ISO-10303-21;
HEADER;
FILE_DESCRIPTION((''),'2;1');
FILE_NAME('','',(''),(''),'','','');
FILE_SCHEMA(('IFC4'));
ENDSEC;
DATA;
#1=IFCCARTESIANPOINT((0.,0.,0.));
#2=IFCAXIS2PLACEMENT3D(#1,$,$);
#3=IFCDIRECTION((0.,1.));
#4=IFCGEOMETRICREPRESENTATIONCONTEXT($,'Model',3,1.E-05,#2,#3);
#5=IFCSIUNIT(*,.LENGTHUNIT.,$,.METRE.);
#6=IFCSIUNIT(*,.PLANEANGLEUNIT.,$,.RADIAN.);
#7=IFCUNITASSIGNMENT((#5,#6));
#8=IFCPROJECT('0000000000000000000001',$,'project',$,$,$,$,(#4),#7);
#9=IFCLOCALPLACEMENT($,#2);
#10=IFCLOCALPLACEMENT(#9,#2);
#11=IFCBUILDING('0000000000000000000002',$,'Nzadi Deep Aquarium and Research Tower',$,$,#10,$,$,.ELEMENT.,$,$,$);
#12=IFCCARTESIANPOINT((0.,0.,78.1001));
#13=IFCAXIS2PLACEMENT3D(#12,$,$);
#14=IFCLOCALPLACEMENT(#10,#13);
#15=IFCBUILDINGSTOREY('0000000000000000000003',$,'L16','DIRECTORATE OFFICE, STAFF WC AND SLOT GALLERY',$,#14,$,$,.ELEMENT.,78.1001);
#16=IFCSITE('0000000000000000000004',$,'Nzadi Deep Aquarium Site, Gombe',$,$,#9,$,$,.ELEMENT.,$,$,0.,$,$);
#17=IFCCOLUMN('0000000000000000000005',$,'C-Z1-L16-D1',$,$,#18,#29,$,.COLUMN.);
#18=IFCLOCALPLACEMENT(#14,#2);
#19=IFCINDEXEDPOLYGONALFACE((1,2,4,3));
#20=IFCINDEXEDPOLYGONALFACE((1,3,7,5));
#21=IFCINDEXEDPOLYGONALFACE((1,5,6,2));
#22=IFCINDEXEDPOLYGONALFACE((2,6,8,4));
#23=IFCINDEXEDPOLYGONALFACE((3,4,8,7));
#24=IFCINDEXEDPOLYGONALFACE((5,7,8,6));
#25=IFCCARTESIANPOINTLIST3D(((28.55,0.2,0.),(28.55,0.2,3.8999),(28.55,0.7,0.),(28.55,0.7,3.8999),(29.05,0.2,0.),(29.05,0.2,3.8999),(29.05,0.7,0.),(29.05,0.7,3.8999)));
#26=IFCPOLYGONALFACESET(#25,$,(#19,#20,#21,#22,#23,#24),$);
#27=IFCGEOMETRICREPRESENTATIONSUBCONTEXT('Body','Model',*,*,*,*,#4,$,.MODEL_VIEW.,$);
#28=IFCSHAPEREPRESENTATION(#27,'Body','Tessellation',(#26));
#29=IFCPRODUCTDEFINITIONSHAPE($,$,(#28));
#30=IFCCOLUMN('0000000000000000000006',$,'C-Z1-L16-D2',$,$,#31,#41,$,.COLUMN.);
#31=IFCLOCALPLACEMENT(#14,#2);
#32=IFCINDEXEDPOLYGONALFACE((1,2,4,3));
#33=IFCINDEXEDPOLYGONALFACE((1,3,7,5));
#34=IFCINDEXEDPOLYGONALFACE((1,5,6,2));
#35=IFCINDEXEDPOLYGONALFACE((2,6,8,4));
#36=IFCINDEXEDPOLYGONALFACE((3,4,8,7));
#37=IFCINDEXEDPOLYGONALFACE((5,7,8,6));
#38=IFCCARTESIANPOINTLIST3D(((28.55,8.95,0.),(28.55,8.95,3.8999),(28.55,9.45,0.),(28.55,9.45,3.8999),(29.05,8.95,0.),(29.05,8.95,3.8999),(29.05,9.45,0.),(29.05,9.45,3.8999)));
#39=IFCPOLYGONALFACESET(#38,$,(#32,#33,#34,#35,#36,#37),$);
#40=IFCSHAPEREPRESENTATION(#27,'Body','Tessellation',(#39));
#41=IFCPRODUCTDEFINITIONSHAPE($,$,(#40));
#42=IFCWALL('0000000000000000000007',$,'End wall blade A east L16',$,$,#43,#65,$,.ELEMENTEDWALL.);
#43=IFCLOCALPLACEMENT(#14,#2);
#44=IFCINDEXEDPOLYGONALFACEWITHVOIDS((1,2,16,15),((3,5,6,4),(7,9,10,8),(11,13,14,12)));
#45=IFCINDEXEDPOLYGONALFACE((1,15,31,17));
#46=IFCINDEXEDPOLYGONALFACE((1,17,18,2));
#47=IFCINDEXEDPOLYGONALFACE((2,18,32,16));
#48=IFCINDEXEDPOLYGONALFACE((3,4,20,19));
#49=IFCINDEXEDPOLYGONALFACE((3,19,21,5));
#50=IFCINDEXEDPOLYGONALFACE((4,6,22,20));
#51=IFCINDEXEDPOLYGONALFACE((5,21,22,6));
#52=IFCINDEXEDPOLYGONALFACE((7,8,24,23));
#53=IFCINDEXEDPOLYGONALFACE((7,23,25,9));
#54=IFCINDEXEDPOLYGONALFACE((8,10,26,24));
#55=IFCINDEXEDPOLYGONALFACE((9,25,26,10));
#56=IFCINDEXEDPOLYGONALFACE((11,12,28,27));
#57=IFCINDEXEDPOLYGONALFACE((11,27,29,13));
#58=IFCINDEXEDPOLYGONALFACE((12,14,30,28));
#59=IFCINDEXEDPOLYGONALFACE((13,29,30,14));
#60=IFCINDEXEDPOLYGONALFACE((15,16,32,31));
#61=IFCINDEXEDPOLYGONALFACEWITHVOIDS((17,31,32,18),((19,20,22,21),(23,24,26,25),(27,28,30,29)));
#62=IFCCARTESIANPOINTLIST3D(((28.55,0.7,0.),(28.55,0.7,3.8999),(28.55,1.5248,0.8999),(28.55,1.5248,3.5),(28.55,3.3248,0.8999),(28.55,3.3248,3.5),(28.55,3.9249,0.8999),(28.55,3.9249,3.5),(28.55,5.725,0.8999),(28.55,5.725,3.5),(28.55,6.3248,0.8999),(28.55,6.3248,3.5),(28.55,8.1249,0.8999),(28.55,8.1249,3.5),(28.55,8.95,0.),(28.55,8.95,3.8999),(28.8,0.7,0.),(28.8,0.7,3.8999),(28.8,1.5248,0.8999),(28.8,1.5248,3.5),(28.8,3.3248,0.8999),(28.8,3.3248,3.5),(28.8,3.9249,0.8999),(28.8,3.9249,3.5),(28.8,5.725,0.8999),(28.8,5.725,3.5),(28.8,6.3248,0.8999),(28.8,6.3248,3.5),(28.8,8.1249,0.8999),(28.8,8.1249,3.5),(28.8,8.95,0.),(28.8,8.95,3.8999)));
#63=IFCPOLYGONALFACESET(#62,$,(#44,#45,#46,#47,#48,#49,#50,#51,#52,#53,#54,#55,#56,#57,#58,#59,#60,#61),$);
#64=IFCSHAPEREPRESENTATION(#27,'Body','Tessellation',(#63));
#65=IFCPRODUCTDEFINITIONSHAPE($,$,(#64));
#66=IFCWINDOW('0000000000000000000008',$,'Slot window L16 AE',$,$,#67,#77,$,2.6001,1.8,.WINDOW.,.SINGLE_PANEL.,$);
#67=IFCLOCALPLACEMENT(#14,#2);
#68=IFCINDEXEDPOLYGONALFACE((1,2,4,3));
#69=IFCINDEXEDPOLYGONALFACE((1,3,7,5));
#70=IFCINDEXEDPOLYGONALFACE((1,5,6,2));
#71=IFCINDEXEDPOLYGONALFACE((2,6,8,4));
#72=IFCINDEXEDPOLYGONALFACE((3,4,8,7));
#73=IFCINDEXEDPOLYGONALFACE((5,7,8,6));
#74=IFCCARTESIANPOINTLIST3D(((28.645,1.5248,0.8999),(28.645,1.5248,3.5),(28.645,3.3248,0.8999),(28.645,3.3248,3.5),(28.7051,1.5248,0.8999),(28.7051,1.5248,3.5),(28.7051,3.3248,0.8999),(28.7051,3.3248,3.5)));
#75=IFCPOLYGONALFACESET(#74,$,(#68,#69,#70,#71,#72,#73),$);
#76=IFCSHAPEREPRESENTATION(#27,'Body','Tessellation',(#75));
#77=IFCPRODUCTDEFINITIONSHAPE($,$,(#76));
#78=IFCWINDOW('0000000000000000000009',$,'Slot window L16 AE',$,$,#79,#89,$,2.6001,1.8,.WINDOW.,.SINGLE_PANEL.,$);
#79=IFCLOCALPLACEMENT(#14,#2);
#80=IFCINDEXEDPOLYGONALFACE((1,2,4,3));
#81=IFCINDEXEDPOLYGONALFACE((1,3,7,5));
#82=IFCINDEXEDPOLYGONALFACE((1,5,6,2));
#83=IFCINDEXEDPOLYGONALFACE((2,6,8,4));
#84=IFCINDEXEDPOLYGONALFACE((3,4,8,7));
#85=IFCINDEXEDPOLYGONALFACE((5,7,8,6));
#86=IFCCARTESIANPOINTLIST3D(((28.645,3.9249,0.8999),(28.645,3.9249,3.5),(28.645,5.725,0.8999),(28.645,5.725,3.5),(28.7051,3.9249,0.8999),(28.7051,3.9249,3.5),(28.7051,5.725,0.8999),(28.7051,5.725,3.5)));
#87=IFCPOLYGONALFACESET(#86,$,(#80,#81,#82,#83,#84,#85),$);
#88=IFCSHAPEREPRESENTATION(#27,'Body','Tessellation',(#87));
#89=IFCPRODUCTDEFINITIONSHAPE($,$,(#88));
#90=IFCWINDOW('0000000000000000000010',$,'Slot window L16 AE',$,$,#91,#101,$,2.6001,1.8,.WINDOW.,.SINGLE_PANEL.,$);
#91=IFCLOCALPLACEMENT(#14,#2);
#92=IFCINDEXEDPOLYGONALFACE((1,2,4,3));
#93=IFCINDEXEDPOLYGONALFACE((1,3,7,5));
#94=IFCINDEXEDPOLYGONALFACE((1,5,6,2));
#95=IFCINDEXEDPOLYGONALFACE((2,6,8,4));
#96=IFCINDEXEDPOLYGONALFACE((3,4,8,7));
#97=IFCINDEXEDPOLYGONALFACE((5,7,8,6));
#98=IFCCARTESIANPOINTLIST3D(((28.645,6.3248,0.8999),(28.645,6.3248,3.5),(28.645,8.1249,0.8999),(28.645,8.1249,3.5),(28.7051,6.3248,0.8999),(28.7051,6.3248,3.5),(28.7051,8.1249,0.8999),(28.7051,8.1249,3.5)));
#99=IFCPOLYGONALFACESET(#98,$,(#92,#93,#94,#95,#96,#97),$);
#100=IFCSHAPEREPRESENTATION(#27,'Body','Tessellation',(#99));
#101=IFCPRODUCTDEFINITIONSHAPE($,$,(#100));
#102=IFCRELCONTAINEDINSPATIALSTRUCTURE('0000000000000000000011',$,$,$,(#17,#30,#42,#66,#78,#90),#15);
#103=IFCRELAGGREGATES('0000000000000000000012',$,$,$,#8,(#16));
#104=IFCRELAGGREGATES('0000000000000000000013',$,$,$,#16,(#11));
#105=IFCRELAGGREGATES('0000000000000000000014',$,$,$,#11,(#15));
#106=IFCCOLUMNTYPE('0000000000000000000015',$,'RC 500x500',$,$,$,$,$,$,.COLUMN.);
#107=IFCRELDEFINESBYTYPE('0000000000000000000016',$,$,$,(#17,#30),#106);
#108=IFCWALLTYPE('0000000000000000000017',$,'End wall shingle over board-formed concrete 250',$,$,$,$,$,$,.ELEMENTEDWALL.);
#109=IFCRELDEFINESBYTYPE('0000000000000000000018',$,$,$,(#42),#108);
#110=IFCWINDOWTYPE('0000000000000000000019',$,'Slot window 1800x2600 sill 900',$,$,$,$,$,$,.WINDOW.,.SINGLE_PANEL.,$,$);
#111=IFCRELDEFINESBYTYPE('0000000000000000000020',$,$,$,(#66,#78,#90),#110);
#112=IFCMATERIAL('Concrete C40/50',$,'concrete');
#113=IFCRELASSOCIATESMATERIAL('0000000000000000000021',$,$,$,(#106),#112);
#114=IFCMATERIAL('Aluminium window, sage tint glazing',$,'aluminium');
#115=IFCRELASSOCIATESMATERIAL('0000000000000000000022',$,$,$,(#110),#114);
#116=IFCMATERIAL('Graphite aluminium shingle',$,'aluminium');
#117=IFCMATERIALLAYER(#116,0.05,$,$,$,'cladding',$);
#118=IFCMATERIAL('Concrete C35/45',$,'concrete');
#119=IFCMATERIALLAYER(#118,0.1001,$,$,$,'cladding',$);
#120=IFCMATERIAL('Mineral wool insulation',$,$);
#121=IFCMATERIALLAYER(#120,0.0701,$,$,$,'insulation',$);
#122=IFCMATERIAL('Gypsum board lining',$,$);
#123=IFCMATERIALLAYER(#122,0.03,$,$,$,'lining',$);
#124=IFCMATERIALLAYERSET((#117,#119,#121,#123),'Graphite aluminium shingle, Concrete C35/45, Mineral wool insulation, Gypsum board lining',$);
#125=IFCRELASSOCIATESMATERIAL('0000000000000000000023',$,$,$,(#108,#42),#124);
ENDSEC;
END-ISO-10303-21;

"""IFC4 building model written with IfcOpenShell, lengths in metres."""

from ifc_helpers import new_model, si_unit, direction, frame, frame_2d, origin, origin_2d, place, context, subcontext, project, spatial, rectangle, extrude, material, layer, layer_set, layer_usage, material_profile, profile_set, type_object, element, fill, save


model = new_model("IFC4")

# Units and contexts
model_context = context("Model", 3, precision=1e-05, world=origin(), true_north=direction((0.0, 1.0)))
body_context = subcontext(model_context, "Body", "Model", "MODEL_VIEW")
ifc_project = project(units=[si_unit("LENGTHUNIT", "METRE"), si_unit("PLANEANGLEUNIT", "RADIAN")], contexts=[model_context])

# Site, building, storey
site_placement = place(None, origin())
site = spatial("IfcSite", under=ifc_project, at=site_placement, Name="Nzadi Deep Aquarium Site, Gombe", CompositionType="ELEMENT", RefElevation=0.0)
building_placement = place(site_placement, origin())
building = spatial("IfcBuilding", under=site, at=building_placement, Name="Nzadi Deep Aquarium and Research Tower", CompositionType="ELEMENT")
storey_placement = place(building_placement, frame((0.0, 0.0, 78.1001)))
storey = spatial("IfcBuildingStorey", under=building, at=storey_placement, Name="L16", Description="DIRECTORATE OFFICE, STAFF WC AND SLOT GALLERY", CompositionType="ELEMENT", Elevation=78.1001)

# Columns
ifc_material_1 = material(Name="Concrete C40/50", Category="concrete")
ifc_material_profile = material_profile(ifc_material_1, rectangle(XDim=0.5, YDim=0.5, at=origin_2d()))
ifc_profile_set = profile_set([ifc_material_profile], Name="Concrete C40/50")
column_type = type_object("IfcColumnType", Name="RC 500x500", PredefinedType="COLUMN", material=ifc_profile_set)
for number, where, z_axis, x_axis, name in (
    (1, (28.8, 0.45, 0.0), (0.0, 0.0, 1.0), (1.0, 0.0, 0.0), "C-Z1-L16-D1"),
    (2, (28.8, 9.2, 0.0), (0.0, 0.0, 1.0), (1.0, 0.0, 0.0), "C-Z1-L16-D2"),
):
    element("IfcColumn", number, at=place(storey_placement, frame(where, z_axis=z_axis, x_axis=x_axis)), inside=storey, type_object=column_type, Name=name, PredefinedType="COLUMN", context=body_context, shape_type="SweptSolid", body=[
        extrude(rectangle(XDim=0.5, YDim=0.5, at=origin_2d()), origin(), (0.0, 0.0, 1.0), 3.8999),
    ])

# Shared definitions
ifc_material_2 = material(Name="Concrete C35/45", Category="concrete")
ifc_material_3 = material(Name="Mineral wool insulation")
ifc_material_4 = material(Name="Gypsum board lining")
ifc_material_5 = material(Name="Aluminium window, sage tint glazing", Category="aluminium")
window_type = type_object("IfcWindowType", Name="Slot window 1800x2600 sill 900", PartitioningType="SINGLE_PANEL", PredefinedType="WINDOW", material=ifc_material_5)

# Wall, openings, windows
ifc_material_6 = material(Name="Graphite aluminium shingle", Category="aluminium")
ifc_layer_1 = layer(ifc_material_6, 0.05, Category="cladding")
ifc_layer_2 = layer(ifc_material_2, 0.1001, Category="cladding")
ifc_layer_3 = layer(ifc_material_3, 0.0701, Category="insulation")
ifc_layer_4 = layer(ifc_material_4, 0.03, Category="lining")
ifc_layer_set_1 = layer_set([ifc_layer_1, ifc_layer_2, ifc_layer_3, ifc_layer_4], Name="Graphite aluminium shingle, Concrete C35/45, Mineral wool insulation, Gypsum board lining")
ifc_layer_usage_1 = layer_usage(ifc_layer_set_1, "AXIS2", "POSITIVE", -0.125)
wall_type_1 = type_object("IfcWallType", Name="End wall shingle over board-formed concrete 250", PredefinedType="ELEMENTEDWALL", material=ifc_layer_set_1)
wall_1_placement = place(storey_placement, frame((28.675, 0.7, 0.0), z_axis=(0.0, 0.0, 1.0), x_axis=(0.0, 1.0, 0.0)))
wall_1 = element("IfcWall", 3, at=wall_1_placement, inside=storey, type_object=wall_type_1, material=ifc_layer_usage_1, Name="End wall blade A east L16", PredefinedType="ELEMENTEDWALL", context=body_context, shape_type="SweptSolid", body=[
    extrude(rectangle(XDim=8.25, YDim=0.25, at=frame_2d((4.125, 0.0))), origin(), (0.0, 0.0, 1.0), 3.8999),
])
opening_1_placement = place(wall_1_placement, frame((0.825, 0.0, 0.8999)))
opening_1 = element("IfcOpeningElement", 4, at=opening_1_placement, cuts=wall_1, PredefinedType="OPENING", context=body_context, shape_type="SweptSolid", body=[
    extrude(rectangle(XDim=1.8, YDim=2.6001, at=frame_2d((0.8999, 1.3))), frame((0.0, 0.135, 0.0), z_axis=(0.0, -1.0, 0.0), x_axis=(1.0, 0.0, 0.0)), (0.0, 0.0, 1.0), 0.27),
])
opening_2_placement = place(wall_1_placement, frame((3.2251, 0.0, 0.8999)))
opening_2 = element("IfcOpeningElement", 5, at=opening_2_placement, cuts=wall_1, PredefinedType="OPENING", context=body_context, shape_type="SweptSolid", body=[
    extrude(rectangle(XDim=1.8, YDim=2.6001, at=frame_2d((0.8999, 1.3))), frame((0.0, 0.135, 0.0), z_axis=(0.0, -1.0, 0.0), x_axis=(1.0, 0.0, 0.0)), (0.0, 0.0, 1.0), 0.27),
])
opening_3_placement = place(wall_1_placement, frame((5.625, 0.0, 0.8999)))
opening_3 = element("IfcOpeningElement", 6, at=opening_3_placement, cuts=wall_1, PredefinedType="OPENING", context=body_context, shape_type="SweptSolid", body=[
    extrude(rectangle(XDim=1.8, YDim=2.6001, at=frame_2d((0.8999, 1.3))), frame((0.0, 0.135, 0.0), z_axis=(0.0, -1.0, 0.0), x_axis=(1.0, 0.0, 0.0)), (0.0, 0.0, 1.0), 0.27),
])
window_1_placement = place(opening_1_placement, origin())
window_1 = element("IfcWindow", 7, at=window_1_placement, inside=storey, type_object=window_type, Name="Slot window L16 AE", OverallHeight=2.6001, OverallWidth=1.8, PartitioningType="SINGLE_PANEL", PredefinedType="WINDOW", context=body_context, shape_type="SweptSolid", body=[
    extrude(rectangle(XDim=1.8, YDim=2.6001, at=frame_2d((0.8999, 1.3))), frame((0.0, 0.03, 0.0), z_axis=(0.0, -1.0, 0.0), x_axis=(1.0, 0.0, 0.0)), (0.0, 0.0, 1.0), 0.0601),
])
fill(opening_1, window_1)
window_2_placement = place(opening_2_placement, origin())
window_2 = element("IfcWindow", 8, at=window_2_placement, inside=storey, type_object=window_type, Name="Slot window L16 AE", OverallHeight=2.6001, OverallWidth=1.8, PartitioningType="SINGLE_PANEL", PredefinedType="WINDOW", context=body_context, shape_type="SweptSolid", body=[
    extrude(rectangle(XDim=1.8, YDim=2.6001, at=frame_2d((0.8999, 1.3))), frame((0.0, 0.03, 0.0), z_axis=(0.0, -1.0, 0.0), x_axis=(1.0, 0.0, 0.0)), (0.0, 0.0, 1.0), 0.0601),
])
fill(opening_2, window_2)
window_3_placement = place(opening_3_placement, origin())
window_3 = element("IfcWindow", 9, at=window_3_placement, inside=storey, type_object=window_type, Name="Slot window L16 AE", OverallHeight=2.6001, OverallWidth=1.8, PartitioningType="SINGLE_PANEL", PredefinedType="WINDOW", context=body_context, shape_type="SweptSolid", body=[
    extrude(rectangle(XDim=1.8, YDim=2.6001, at=frame_2d((0.8999, 1.3))), frame((0.0, 0.03, 0.0), z_axis=(0.0, -1.0, 0.0), x_axis=(1.0, 0.0, 0.0)), (0.0, 0.0, 1.0), 0.0601),
])
fill(opening_3, window_3)

save(model, "model.ifc")
